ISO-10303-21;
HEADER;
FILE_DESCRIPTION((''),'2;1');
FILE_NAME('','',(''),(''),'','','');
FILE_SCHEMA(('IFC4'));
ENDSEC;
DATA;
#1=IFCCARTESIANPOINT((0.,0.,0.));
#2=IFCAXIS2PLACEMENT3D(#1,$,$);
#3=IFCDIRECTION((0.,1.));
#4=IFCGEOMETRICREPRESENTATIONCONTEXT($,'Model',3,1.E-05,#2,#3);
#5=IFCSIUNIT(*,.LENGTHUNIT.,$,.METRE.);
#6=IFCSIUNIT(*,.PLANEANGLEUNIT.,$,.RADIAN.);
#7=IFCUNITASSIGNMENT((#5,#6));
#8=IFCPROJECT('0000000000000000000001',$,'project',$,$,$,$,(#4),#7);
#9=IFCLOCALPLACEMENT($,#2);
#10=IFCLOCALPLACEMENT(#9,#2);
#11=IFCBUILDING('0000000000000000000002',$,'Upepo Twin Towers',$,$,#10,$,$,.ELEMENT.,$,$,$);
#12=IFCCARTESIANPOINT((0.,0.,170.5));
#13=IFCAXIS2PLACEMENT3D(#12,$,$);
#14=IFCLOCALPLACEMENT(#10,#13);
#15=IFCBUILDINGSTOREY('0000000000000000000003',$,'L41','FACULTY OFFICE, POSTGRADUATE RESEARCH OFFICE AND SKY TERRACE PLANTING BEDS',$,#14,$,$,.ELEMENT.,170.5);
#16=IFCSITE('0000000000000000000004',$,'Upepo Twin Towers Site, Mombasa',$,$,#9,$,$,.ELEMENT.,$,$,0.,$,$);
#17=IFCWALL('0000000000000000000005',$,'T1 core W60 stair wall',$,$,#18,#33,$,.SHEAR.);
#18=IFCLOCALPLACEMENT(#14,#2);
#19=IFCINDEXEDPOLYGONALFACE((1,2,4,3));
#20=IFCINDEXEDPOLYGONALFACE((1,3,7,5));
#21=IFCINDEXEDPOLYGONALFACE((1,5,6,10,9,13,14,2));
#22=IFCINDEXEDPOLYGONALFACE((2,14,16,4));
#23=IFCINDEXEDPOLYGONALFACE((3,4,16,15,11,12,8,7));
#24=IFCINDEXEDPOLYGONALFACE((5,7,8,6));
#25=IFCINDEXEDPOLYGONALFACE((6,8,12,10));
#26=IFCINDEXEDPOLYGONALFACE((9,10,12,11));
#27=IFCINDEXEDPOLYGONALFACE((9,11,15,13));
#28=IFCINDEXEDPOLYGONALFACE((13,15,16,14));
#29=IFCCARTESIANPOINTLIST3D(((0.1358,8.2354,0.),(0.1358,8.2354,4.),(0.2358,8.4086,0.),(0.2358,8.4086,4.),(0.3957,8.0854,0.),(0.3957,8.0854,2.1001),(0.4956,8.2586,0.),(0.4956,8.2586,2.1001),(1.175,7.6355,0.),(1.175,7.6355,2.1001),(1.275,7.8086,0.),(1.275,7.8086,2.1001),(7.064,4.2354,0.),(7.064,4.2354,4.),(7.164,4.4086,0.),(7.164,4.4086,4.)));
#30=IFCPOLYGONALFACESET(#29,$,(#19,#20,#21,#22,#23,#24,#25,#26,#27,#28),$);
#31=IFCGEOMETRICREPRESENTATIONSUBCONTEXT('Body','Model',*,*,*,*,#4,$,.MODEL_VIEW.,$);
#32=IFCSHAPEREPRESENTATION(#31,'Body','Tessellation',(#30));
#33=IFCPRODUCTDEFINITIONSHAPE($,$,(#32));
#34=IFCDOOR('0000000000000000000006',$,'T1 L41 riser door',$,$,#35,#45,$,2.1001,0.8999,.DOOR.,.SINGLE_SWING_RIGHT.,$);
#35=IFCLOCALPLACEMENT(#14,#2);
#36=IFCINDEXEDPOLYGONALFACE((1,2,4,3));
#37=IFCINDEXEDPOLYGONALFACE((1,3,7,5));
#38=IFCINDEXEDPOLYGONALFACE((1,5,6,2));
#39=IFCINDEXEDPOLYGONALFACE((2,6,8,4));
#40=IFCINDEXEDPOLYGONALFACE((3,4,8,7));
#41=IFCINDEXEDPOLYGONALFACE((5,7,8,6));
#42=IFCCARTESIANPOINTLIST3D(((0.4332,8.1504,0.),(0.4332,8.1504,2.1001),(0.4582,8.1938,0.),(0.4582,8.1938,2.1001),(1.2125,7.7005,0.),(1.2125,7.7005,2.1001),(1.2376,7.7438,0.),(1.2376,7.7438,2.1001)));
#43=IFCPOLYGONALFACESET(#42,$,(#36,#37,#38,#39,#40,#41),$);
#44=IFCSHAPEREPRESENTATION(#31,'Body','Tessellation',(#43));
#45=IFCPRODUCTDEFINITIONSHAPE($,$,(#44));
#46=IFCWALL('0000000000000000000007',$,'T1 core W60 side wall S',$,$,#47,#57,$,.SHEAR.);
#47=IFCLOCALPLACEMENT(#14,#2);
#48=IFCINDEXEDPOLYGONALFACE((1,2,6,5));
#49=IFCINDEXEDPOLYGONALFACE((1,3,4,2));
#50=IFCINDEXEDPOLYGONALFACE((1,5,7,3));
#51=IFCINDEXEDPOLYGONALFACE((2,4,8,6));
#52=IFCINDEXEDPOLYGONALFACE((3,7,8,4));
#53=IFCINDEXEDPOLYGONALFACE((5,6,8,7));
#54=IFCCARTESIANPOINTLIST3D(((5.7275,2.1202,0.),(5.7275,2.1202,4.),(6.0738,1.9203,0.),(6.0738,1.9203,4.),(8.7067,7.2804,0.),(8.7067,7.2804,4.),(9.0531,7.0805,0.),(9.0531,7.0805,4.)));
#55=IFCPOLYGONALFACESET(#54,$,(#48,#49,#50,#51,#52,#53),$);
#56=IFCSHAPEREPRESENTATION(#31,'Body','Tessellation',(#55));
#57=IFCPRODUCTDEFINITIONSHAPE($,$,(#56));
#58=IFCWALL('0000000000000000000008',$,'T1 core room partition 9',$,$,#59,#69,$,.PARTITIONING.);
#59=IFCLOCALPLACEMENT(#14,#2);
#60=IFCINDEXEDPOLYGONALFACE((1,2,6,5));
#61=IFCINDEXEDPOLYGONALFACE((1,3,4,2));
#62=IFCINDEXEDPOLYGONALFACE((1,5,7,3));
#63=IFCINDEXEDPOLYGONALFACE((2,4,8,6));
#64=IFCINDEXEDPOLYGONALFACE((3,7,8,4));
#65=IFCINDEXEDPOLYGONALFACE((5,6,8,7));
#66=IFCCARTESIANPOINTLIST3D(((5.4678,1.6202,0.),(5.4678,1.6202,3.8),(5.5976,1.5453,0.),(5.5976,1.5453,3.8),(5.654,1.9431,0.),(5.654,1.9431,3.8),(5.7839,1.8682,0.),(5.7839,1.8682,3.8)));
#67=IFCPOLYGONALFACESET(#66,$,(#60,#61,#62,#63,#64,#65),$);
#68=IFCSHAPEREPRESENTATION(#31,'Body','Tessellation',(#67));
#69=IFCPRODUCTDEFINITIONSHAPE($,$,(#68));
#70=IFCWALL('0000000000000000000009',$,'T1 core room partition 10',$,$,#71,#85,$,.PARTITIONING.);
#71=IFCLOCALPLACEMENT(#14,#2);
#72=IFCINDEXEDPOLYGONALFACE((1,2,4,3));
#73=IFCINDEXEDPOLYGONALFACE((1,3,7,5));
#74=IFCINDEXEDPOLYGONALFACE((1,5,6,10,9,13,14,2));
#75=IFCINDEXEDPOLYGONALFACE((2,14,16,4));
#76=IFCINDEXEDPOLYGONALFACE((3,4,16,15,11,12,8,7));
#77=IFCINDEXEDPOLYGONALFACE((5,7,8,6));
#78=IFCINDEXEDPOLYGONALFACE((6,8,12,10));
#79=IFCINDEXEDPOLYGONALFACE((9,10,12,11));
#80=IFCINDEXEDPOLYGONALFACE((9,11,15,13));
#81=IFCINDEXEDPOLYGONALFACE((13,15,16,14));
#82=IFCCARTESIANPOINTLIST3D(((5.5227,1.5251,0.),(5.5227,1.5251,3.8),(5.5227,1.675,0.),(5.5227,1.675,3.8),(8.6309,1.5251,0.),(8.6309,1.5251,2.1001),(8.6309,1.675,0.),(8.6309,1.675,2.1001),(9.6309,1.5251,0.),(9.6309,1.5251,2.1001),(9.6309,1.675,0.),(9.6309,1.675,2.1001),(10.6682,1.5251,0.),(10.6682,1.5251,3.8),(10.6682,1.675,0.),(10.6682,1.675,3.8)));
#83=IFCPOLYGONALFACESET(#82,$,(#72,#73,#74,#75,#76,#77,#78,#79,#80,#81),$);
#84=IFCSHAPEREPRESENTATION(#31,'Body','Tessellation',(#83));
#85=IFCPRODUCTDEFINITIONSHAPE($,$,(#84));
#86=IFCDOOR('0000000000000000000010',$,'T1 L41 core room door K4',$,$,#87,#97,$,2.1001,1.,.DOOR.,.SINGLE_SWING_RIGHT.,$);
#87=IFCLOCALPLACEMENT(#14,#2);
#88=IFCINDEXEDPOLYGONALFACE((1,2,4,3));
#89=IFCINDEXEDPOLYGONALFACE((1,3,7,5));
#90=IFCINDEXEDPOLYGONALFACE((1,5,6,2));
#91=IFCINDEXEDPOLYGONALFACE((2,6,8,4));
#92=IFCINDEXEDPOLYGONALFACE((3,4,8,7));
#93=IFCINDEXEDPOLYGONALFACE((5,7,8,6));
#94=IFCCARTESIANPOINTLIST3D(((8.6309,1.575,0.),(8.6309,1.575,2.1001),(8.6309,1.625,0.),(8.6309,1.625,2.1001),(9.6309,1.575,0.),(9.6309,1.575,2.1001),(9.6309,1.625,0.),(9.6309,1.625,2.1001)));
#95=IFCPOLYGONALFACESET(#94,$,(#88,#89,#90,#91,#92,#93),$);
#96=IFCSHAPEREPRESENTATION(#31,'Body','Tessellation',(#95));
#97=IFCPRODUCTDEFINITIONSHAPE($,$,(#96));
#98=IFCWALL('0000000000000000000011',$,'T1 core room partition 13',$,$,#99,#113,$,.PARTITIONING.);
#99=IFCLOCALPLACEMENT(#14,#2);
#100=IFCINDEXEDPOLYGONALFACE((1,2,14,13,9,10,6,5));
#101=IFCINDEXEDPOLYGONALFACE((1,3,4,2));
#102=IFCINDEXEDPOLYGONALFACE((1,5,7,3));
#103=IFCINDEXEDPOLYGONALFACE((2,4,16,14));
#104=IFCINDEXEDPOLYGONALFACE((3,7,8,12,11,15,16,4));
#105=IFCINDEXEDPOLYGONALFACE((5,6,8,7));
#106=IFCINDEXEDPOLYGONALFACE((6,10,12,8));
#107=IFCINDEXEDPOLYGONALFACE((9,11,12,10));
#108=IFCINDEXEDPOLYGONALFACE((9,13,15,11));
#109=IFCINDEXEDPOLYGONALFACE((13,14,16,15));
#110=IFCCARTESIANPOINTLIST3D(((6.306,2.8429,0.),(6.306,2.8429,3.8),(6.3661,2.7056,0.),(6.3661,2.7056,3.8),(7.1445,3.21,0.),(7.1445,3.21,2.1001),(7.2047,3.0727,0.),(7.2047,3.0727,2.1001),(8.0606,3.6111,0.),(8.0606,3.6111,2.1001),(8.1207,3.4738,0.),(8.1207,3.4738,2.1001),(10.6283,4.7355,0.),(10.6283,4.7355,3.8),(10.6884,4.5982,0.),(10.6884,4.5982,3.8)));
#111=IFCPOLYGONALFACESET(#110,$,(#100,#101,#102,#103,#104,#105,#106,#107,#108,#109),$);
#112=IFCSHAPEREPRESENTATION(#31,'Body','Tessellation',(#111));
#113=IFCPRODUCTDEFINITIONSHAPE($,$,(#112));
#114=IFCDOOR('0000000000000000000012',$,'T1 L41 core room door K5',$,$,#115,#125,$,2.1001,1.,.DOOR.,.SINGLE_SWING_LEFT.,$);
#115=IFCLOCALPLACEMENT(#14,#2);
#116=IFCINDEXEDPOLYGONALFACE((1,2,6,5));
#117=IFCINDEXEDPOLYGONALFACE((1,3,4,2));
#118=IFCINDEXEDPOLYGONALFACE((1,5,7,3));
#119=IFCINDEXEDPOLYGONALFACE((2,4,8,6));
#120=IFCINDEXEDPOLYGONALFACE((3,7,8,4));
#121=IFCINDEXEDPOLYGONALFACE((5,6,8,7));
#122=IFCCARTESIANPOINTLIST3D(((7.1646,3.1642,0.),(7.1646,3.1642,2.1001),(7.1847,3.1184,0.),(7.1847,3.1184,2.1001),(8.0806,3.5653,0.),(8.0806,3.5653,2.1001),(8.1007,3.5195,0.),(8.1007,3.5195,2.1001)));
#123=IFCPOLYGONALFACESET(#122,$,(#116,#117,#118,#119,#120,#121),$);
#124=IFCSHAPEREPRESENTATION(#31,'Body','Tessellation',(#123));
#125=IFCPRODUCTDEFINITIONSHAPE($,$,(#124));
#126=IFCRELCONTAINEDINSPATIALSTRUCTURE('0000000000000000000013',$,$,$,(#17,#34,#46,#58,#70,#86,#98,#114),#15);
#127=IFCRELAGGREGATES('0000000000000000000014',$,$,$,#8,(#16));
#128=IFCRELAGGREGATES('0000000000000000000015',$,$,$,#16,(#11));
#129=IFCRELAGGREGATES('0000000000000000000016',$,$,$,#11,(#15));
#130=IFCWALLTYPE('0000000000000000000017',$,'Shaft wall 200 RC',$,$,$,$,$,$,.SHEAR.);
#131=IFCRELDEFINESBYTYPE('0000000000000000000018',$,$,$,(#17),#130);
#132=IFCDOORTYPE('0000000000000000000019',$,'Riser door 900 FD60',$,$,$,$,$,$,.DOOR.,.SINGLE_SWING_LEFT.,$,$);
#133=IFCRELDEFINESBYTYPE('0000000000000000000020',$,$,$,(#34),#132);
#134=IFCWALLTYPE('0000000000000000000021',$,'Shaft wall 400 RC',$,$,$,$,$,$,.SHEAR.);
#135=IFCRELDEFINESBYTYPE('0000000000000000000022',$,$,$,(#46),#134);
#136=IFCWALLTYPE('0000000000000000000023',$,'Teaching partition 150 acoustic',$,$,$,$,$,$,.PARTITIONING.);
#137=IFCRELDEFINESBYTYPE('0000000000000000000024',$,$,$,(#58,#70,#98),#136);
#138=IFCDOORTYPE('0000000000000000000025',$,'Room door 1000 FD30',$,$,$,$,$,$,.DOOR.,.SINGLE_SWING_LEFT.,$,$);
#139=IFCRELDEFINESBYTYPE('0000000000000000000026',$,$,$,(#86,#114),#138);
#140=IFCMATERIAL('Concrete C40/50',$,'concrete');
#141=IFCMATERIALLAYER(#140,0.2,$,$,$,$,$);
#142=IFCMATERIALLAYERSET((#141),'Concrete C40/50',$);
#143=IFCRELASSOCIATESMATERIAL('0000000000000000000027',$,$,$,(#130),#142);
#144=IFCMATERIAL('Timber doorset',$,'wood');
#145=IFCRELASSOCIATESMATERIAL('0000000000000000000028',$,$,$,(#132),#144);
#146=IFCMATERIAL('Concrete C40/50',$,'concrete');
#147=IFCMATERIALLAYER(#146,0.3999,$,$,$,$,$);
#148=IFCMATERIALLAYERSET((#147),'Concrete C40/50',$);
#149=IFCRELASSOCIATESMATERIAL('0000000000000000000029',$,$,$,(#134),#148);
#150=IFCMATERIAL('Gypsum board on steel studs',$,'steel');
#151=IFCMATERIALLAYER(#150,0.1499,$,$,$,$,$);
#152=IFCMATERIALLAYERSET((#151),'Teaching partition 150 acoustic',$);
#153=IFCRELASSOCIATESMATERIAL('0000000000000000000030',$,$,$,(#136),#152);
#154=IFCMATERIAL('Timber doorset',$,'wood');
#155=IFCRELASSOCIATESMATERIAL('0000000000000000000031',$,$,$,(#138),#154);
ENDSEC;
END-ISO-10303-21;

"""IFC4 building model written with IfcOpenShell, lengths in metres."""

from ifc_helpers import new_model, si_unit, direction, frame, frame_2d, origin, place, context, subcontext, project, spatial, rectangle, extrude, material, layer, layer_set, type_object, element, fill, save


model = new_model("IFC4")

# Units and contexts
model_context = context("Model", 3, precision=1e-05, world=origin(), true_north=direction((0.0, 1.0)))
body_context = subcontext(model_context, "Body", "Model", "MODEL_VIEW")
ifc_project = project(units=[si_unit("LENGTHUNIT", "METRE"), si_unit("PLANEANGLEUNIT", "RADIAN")], contexts=[model_context])

# Site, building, storey
site_placement = place(None, origin())
site = spatial("IfcSite", under=ifc_project, at=site_placement, Name="Upepo Twin Towers Site, Mombasa", CompositionType="ELEMENT", RefElevation=0.0)
building_placement = place(site_placement, origin())
building = spatial("IfcBuilding", under=site, at=building_placement, Name="Upepo Twin Towers", CompositionType="ELEMENT")
storey_placement = place(building_placement, frame((0.0, 0.0, 170.5)))
storey = spatial("IfcBuildingStorey", under=building, at=storey_placement, Name="L41", Description="FACULTY OFFICE, POSTGRADUATE RESEARCH OFFICE AND SKY TERRACE PLANTING BEDS", CompositionType="ELEMENT", Elevation=170.5)

# Shared definitions
ifc_material_1 = material(Name="Concrete C40/50", Category="concrete")
ifc_layer_1 = layer(ifc_material_1, 0.2)
ifc_layer_set_1 = layer_set([ifc_layer_1], Name="Concrete C40/50")
wall_type_1 = type_object("IfcWallType", Name="Shaft wall 200 RC", PredefinedType="SHEAR", material=ifc_layer_set_1)

# Wall, opening, door
wall_1_placement = place(storey_placement, frame((7.114, 4.322, 0.0), z_axis=(0.0, 0.0, 1.0), x_axis=(-0.866026, 0.499999, 0.0)))
wall_1 = element("IfcWall", 1, at=wall_1_placement, inside=storey, type_object=wall_type_1, Name="T1 core W60 stair wall", PredefinedType="SHEAR", context=body_context, shape_type="SweptSolid", body=[
    extrude(rectangle(XDim=8.0, YDim=0.2, at=frame_2d((4.0, 0.0))), origin(), (0.0, 0.0, 1.0), 4.0),
])
opening_1_placement = place(wall_1_placement, frame((6.8, 0.0, 0.0)))
opening_1 = element("IfcOpeningElement", 2, at=opening_1_placement, cuts=wall_1, PredefinedType="OPENING", context=body_context, shape_type="SweptSolid", body=[
    extrude(rectangle(XDim=0.8999, YDim=2.1001, at=frame_2d((0.45, 1.05))), frame((0.0, 0.1099, 0.0), z_axis=(0.0, -1.0, 0.0), x_axis=(1.0, 0.0, 0.0)), (0.0, 0.0, 1.0), 0.22),
])
ifc_material_2 = material(Name="Timber doorset", Category="wood")
door_type_1 = type_object("IfcDoorType", Name="Riser door 900 FD60", OperationType="SINGLE_SWING_LEFT", PredefinedType="DOOR", material=ifc_material_2)
door_1_placement = place(opening_1_placement, origin())
door_1 = element("IfcDoor", 3, at=door_1_placement, inside=storey, type_object=door_type_1, Name="T1 L41 riser door", OperationType="SINGLE_SWING_RIGHT", OverallHeight=2.1001, OverallWidth=0.8999, PredefinedType="DOOR", context=body_context, shape_type="SweptSolid", body=[
    extrude(rectangle(XDim=0.8999, YDim=2.1001, at=frame_2d((0.45, 1.05))), frame((0.0, 0.0249, 0.0), z_axis=(0.0, -1.0, 0.0), x_axis=(1.0, 0.0, 0.0)), (0.0, 0.0, 1.0), 0.05),
])
fill(opening_1, door_1)

# Walls
ifc_material_3 = material(Name="Concrete C40/50", Category="concrete")
ifc_layer_2 = layer(ifc_material_3, 0.3999)
ifc_layer_set_2 = layer_set([ifc_layer_2], Name="Concrete C40/50")
wall_type_2 = type_object("IfcWallType", Name="Shaft wall 400 RC", PredefinedType="SHEAR", material=ifc_layer_set_2)
wall_2_placement = place(storey_placement, frame((5.9006, 2.0203, 0.0), z_axis=(0.0, 0.0, 1.0), x_axis=(0.500004, 0.866023, 0.0)))
element("IfcWall", 4, at=wall_2_placement, inside=storey, type_object=wall_type_2, Name="T1 core W60 side wall S", PredefinedType="SHEAR", context=body_context, shape_type="SweptSolid", body=[
    extrude(rectangle(XDim=5.9585, YDim=0.3999, at=frame_2d((2.9792, 0.0))), origin(), (0.0, 0.0, 1.0), 4.0),
])
ifc_material_4 = material(Name="Gypsum board on steel studs", Category="steel")
ifc_layer_3 = layer(ifc_material_4, 0.1499)
ifc_layer_set_3 = layer_set([ifc_layer_3], Name="Teaching partition 150 acoustic")
wall_type_3 = type_object("IfcWallType", Name="Teaching partition 150 acoustic", PredefinedType="PARTITIONING", material=ifc_layer_set_3)
wall_3_placement = place(storey_placement, frame((5.719, 1.9058, 0.0), z_axis=(0.0, 0.0, 1.0), x_axis=(-0.49959, -0.866262, 0.0)))
element("IfcWall", 5, at=wall_3_placement, inside=storey, type_object=wall_type_3, Name="T1 core room partition 9", PredefinedType="PARTITIONING", context=body_context, shape_type="SweptSolid", body=[
    extrude(rectangle(XDim=0.3728, YDim=0.1499, at=frame_2d((0.1865, 0.0))), origin(), (0.0, 0.0, 1.0), 3.8),
])

# Walls, openings, doors
wall_4_placement = place(storey_placement, frame((5.5227, 1.6001, 0.0), z_axis=(0.0, 0.0, 1.0), x_axis=(1.0, 0.0, 0.0)))
wall_4 = element("IfcWall", 6, at=wall_4_placement, inside=storey, type_object=wall_type_3, Name="T1 core room partition 10", PredefinedType="PARTITIONING", context=body_context, shape_type="SweptSolid", body=[
    extrude(rectangle(XDim=5.1455, YDim=0.1499, at=frame_2d((2.5728, 0.0))), origin(), (0.0, 0.0, 1.0), 3.8),
])
opening_2_placement = place(wall_4_placement, frame((3.1082, 0.0, 0.0)))
opening_2 = element("IfcOpeningElement", 7, at=opening_2_placement, cuts=wall_4, PredefinedType="OPENING", context=body_context, shape_type="SweptSolid", body=[
    extrude(rectangle(XDim=1.0, YDim=2.1001, at=frame_2d((0.5, 1.05))), frame((0.0, 0.085, 0.0), z_axis=(0.0, -1.0, 0.0), x_axis=(1.0, 0.0, 0.0)), (0.0, 0.0, 1.0), 0.1699),
])
ifc_material_5 = material(Name="Timber doorset", Category="wood")
door_type_2 = type_object("IfcDoorType", Name="Room door 1000 FD30", OperationType="SINGLE_SWING_LEFT", PredefinedType="DOOR", material=ifc_material_5)
door_2_placement = place(opening_2_placement, origin())
door_2 = element("IfcDoor", 8, at=door_2_placement, inside=storey, type_object=door_type_2, Name="T1 L41 core room door K4", OperationType="SINGLE_SWING_RIGHT", OverallHeight=2.1001, OverallWidth=1.0, PredefinedType="DOOR", context=body_context, shape_type="SweptSolid", body=[
    extrude(rectangle(XDim=1.0, YDim=2.1001, at=frame_2d((0.5, 1.05))), frame((0.0, 0.0249, 0.0), z_axis=(0.0, -1.0, 0.0), x_axis=(1.0, 0.0, 0.0)), (0.0, 0.0, 1.0), 0.05),
])
fill(opening_2, door_2)
wall_5_placement = place(storey_placement, frame((6.3359, 2.7742, 0.0), z_axis=(0.0, 0.0, 1.0), x_axis=(0.916034, 0.401101, 0.0)))
wall_5 = element("IfcWall", 9, at=wall_5_placement, inside=storey, type_object=wall_type_3, Name="T1 core room partition 13", PredefinedType="PARTITIONING", context=body_context, shape_type="SweptSolid", body=[
    extrude(rectangle(XDim=4.7185, YDim=0.1499, at=frame_2d((2.3594, 0.0))), origin(), (0.0, 0.0, 1.0), 3.8),
])
opening_3_placement = place(wall_5_placement, frame((0.9155, 0.0, 0.0)))
opening_3 = element("IfcOpeningElement", 10, at=opening_3_placement, cuts=wall_5, PredefinedType="OPENING", context=body_context, shape_type="SweptSolid", body=[
    extrude(rectangle(XDim=1.0, YDim=2.1001, at=frame_2d((0.5, 1.05))), frame((0.0, 0.085, 0.0), z_axis=(0.0, -1.0, 0.0), x_axis=(1.0, 0.0, 0.0)), (0.0, 0.0, 1.0), 0.1699),
])
door_3_placement = place(opening_3_placement, origin())
door_3 = element("IfcDoor", 11, at=door_3_placement, inside=storey, type_object=door_type_2, Name="T1 L41 core room door K5", OperationType="SINGLE_SWING_LEFT", OverallHeight=2.1001, OverallWidth=1.0, PredefinedType="DOOR", context=body_context, shape_type="SweptSolid", body=[
    extrude(rectangle(XDim=1.0, YDim=2.1001, at=frame_2d((0.5, 1.05))), frame((0.0, 0.0249, 0.0), z_axis=(0.0, -1.0, 0.0), x_axis=(1.0, 0.0, 0.0)), (0.0, 0.0, 1.0), 0.05),
])
fill(opening_3, door_3)

save(model, "model.ifc")
